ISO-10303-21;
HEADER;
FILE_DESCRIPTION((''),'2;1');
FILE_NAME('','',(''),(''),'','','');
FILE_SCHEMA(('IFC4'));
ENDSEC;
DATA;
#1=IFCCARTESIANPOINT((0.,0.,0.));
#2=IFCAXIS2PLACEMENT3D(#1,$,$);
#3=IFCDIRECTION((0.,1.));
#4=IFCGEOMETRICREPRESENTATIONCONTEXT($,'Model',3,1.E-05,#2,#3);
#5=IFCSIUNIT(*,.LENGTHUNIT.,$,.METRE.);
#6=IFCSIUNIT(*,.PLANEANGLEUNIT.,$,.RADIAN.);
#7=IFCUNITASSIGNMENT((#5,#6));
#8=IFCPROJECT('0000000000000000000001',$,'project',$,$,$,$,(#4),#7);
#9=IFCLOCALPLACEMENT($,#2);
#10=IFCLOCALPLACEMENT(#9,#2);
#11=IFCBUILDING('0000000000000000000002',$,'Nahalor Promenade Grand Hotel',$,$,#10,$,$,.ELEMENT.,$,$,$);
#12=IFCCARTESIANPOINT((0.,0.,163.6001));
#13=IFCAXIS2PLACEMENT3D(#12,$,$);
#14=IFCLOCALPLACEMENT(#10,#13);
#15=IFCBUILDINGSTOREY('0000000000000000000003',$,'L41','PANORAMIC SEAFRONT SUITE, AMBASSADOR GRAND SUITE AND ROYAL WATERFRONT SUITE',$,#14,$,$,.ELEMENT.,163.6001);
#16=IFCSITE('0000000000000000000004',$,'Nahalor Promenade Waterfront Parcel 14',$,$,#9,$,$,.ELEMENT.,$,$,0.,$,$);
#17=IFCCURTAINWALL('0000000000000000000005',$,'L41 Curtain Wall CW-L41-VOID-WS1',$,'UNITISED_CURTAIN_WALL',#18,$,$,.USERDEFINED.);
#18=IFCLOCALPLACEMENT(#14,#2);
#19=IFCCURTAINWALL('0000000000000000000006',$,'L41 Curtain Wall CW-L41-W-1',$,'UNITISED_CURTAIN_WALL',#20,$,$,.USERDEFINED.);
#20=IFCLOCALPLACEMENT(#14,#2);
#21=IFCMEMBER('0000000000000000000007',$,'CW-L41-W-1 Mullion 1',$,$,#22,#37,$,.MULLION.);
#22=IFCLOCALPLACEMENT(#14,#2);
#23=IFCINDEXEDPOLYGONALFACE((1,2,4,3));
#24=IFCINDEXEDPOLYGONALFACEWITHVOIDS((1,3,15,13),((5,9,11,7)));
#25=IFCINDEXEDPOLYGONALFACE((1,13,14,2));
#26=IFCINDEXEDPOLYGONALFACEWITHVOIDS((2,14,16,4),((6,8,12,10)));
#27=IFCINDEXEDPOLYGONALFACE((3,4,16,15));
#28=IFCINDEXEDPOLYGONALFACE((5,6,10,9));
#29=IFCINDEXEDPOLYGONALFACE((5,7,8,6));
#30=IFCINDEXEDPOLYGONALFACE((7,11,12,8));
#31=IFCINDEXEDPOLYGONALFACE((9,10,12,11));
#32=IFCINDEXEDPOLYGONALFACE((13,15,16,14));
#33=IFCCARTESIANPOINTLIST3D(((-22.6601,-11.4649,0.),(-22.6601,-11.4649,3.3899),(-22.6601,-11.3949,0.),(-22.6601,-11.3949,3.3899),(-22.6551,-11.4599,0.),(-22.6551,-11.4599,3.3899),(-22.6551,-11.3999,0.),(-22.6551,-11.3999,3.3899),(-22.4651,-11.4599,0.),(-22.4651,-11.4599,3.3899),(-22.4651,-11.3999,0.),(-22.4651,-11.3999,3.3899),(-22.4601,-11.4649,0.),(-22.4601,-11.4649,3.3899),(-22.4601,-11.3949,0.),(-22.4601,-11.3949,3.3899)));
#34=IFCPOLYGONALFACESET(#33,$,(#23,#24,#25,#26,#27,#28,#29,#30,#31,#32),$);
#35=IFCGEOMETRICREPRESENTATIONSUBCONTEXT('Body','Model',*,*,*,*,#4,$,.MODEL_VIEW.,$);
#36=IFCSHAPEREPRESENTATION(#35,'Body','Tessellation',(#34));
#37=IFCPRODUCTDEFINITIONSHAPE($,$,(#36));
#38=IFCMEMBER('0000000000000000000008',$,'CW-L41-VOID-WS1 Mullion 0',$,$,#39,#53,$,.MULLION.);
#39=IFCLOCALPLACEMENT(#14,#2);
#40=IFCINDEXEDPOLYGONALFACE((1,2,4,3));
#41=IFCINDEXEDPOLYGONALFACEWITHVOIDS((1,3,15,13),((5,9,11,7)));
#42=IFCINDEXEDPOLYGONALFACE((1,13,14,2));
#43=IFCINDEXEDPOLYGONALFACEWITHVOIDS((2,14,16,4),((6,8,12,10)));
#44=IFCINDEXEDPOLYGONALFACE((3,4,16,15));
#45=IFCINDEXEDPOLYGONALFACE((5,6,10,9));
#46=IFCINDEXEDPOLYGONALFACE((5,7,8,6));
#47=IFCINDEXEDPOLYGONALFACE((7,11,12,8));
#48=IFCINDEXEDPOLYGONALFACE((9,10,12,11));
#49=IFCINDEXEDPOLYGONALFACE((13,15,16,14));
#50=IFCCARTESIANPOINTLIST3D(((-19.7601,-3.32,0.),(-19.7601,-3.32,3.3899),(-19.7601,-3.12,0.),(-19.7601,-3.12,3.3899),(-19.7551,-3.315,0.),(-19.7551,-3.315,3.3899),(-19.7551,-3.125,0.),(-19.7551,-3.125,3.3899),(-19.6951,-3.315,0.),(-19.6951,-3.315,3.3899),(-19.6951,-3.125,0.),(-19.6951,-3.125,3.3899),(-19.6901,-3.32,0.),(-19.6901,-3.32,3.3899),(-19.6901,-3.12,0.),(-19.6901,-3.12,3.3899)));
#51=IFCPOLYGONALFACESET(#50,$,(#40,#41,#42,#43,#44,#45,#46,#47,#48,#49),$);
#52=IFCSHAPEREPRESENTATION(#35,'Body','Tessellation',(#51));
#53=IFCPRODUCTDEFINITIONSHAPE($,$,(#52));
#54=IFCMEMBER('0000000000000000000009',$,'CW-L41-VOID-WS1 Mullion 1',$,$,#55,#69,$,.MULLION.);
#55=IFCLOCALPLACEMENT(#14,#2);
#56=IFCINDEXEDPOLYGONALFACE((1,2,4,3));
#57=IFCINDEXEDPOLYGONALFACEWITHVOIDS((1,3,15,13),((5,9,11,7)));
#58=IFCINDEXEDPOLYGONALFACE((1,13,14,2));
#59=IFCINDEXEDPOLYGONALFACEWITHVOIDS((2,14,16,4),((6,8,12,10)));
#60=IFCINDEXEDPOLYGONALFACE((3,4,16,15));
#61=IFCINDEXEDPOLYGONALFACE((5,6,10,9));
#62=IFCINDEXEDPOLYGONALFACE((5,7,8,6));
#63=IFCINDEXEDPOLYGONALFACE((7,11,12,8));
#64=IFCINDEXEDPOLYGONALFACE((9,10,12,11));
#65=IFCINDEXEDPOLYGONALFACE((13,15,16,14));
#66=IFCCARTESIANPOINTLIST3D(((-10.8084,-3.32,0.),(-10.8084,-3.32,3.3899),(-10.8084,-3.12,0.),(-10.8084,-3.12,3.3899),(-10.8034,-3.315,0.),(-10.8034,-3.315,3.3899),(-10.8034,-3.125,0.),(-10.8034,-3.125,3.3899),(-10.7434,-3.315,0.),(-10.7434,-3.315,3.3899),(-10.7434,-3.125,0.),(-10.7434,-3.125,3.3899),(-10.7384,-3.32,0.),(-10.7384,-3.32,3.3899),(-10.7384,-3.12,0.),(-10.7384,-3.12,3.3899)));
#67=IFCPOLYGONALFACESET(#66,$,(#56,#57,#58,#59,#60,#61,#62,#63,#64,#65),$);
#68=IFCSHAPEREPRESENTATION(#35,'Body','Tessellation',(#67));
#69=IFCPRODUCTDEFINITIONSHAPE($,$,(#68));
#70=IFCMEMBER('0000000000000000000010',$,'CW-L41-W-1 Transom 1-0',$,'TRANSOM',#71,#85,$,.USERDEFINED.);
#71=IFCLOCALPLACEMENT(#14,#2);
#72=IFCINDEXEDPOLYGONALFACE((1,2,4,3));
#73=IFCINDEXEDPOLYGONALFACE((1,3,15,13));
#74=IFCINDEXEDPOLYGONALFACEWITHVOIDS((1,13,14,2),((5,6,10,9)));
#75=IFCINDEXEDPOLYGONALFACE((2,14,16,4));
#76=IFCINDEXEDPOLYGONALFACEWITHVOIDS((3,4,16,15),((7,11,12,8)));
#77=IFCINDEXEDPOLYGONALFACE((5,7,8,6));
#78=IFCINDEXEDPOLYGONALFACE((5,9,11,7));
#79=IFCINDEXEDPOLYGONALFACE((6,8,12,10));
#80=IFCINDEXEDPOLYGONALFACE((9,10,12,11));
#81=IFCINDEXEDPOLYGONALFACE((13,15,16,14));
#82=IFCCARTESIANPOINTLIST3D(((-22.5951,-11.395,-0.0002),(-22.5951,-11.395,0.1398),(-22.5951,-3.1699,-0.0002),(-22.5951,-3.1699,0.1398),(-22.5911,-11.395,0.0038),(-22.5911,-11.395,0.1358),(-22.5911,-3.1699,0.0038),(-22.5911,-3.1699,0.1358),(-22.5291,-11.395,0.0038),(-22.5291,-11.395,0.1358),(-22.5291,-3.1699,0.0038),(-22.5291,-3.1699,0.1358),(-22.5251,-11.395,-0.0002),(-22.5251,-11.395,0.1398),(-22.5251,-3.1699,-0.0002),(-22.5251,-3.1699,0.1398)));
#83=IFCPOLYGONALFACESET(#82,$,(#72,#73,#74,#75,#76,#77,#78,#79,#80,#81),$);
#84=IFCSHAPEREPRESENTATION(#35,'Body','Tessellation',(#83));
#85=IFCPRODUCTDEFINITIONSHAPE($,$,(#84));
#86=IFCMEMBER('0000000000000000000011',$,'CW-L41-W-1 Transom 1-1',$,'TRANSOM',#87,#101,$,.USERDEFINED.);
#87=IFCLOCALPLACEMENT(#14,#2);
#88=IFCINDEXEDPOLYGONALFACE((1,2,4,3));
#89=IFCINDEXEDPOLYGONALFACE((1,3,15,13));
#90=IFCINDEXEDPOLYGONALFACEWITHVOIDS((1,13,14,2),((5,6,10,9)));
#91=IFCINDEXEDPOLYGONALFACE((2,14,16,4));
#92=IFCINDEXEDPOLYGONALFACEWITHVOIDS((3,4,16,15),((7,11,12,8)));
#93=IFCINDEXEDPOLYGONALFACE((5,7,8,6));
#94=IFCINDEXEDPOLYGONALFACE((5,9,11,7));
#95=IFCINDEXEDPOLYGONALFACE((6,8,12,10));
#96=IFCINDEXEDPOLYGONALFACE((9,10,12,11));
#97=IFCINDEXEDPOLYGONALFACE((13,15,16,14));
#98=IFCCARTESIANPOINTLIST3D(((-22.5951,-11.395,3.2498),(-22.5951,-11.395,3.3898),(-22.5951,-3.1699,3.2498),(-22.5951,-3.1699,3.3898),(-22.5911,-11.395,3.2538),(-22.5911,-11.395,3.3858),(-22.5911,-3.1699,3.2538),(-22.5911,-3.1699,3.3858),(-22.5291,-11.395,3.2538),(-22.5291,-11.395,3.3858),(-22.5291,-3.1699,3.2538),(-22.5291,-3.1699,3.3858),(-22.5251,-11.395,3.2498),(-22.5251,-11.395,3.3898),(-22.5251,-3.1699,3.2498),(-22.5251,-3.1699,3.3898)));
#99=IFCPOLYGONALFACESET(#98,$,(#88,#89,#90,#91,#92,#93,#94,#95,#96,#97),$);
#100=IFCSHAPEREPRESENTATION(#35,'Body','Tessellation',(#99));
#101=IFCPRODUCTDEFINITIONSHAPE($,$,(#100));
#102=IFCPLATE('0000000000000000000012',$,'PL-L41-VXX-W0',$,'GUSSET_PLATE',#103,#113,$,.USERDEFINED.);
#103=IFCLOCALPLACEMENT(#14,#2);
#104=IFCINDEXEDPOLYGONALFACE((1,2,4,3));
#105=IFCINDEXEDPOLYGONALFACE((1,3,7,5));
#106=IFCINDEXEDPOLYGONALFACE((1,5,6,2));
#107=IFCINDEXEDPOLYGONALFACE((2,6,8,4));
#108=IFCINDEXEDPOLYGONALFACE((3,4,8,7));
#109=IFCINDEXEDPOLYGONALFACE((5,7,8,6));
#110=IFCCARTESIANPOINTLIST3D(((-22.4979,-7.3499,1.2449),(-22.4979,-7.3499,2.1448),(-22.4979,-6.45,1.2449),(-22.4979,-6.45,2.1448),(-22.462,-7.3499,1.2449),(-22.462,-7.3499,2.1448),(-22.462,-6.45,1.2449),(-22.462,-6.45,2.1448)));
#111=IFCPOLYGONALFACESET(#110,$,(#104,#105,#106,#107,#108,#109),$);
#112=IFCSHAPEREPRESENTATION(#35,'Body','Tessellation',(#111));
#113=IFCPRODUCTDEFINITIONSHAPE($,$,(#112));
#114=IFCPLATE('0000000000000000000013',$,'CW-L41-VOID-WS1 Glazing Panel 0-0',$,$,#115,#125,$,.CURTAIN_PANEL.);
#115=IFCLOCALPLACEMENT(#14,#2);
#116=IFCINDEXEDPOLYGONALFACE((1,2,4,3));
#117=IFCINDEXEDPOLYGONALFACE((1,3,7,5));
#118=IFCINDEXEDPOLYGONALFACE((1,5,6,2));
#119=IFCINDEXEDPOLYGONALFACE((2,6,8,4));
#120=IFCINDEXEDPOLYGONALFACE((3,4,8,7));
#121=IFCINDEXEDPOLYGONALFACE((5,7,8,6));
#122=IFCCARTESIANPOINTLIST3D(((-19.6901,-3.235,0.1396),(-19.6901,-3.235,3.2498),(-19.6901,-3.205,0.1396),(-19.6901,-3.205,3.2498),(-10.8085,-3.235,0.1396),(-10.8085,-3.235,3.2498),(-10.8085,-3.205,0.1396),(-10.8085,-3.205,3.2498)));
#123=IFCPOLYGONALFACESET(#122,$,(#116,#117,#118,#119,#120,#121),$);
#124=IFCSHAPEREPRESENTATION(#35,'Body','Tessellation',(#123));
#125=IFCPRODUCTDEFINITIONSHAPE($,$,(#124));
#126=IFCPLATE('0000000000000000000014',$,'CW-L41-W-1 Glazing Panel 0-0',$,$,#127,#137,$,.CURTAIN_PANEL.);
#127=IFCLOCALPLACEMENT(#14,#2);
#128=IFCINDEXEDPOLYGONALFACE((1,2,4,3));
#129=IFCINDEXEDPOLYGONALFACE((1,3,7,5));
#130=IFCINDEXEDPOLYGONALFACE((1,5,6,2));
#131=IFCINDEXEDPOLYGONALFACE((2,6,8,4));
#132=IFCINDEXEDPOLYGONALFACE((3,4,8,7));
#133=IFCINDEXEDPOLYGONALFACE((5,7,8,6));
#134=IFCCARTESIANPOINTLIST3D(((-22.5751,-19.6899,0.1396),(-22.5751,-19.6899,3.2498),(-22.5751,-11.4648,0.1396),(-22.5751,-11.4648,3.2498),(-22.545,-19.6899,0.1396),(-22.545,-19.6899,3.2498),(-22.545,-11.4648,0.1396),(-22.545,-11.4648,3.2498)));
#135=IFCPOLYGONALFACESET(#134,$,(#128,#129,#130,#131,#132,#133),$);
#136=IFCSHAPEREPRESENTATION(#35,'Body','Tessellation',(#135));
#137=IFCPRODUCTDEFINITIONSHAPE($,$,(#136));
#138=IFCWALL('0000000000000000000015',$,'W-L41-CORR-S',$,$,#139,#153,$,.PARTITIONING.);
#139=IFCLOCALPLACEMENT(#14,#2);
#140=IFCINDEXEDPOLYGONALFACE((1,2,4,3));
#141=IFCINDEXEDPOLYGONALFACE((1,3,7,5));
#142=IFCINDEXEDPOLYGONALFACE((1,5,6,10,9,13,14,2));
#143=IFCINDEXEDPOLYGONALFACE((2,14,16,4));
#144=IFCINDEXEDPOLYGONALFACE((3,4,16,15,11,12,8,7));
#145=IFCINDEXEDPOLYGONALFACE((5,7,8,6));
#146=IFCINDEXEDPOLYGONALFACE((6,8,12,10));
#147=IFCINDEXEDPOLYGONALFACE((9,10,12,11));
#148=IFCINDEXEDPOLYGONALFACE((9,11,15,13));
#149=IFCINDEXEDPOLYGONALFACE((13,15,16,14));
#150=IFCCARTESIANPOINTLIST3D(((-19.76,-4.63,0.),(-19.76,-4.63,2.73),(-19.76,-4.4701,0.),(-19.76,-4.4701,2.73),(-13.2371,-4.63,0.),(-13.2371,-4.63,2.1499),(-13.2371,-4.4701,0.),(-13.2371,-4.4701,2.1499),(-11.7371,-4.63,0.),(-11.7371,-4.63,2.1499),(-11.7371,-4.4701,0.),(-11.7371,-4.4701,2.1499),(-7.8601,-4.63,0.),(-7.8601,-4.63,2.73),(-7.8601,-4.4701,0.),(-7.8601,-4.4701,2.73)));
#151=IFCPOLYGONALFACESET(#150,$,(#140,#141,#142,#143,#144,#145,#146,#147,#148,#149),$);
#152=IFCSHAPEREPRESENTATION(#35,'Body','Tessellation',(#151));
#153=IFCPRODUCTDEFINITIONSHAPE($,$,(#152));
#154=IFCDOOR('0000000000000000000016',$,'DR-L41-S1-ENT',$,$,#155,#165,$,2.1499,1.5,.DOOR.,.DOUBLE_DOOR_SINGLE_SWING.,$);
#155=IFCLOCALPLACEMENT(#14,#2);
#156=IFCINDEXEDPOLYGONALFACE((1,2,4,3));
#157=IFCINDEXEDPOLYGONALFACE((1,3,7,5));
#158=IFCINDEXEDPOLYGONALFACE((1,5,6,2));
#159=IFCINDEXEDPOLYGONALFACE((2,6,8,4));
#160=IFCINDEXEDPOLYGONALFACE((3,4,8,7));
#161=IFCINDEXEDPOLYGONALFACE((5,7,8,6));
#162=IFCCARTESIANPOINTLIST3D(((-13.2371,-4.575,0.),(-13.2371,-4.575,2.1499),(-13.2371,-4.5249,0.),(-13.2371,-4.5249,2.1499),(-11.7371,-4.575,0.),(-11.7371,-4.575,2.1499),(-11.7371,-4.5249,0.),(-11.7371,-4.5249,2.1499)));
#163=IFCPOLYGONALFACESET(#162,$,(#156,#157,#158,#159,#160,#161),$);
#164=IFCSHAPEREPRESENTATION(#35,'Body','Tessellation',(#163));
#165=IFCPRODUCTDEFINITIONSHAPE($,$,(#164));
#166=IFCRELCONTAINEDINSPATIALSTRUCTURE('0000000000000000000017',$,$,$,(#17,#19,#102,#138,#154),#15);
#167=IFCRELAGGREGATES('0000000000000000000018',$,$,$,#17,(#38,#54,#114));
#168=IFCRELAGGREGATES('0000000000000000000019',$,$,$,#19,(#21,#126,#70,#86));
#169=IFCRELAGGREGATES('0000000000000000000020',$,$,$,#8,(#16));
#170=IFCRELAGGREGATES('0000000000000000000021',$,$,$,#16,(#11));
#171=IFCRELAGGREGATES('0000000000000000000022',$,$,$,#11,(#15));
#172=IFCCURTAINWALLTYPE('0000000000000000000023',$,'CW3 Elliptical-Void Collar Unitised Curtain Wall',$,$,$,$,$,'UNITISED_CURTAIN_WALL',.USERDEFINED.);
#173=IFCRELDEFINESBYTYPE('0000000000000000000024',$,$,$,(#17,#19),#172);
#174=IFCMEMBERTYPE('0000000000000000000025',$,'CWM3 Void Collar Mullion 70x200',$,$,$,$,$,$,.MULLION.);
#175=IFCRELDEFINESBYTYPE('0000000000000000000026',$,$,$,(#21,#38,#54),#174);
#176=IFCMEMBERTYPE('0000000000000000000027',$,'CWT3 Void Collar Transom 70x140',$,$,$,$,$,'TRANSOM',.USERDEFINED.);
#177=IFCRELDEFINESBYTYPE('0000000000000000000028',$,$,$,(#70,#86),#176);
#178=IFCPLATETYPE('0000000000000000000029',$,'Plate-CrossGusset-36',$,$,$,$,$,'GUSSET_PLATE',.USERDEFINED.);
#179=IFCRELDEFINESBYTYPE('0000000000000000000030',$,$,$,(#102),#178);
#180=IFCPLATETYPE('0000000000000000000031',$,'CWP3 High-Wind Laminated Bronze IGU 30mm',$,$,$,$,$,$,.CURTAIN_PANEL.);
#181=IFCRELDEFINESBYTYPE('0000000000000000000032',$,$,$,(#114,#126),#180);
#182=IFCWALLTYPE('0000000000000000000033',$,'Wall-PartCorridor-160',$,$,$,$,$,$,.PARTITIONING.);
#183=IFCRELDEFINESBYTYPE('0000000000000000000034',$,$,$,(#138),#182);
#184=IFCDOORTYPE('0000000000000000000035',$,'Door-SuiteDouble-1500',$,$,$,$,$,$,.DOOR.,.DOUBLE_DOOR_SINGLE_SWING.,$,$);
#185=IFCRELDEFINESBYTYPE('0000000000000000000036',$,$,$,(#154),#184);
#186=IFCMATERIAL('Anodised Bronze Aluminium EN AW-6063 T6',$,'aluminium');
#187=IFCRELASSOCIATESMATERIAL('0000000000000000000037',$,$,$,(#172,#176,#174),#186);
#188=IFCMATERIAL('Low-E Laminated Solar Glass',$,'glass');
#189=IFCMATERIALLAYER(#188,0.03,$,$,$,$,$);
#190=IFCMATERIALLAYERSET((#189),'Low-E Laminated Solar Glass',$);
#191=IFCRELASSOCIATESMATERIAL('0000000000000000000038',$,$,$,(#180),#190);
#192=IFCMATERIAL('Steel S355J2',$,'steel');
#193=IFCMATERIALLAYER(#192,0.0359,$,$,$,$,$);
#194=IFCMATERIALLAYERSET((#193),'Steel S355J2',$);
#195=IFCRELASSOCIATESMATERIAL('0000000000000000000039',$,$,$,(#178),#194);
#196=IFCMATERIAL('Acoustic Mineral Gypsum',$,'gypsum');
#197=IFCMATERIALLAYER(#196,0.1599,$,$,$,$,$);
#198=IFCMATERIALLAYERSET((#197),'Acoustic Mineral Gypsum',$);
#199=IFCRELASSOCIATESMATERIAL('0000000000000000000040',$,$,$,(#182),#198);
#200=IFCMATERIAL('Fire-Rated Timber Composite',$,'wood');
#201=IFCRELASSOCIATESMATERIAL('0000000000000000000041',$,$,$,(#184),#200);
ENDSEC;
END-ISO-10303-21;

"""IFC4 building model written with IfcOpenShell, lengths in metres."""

from ifc_helpers import new_model, si_unit, direction, frame, frame_2d, origin, origin_2d, place, context, subcontext, project, spatial, rectangle, hollow_rectangle, extrude, source, transform, mapped, material, layer, layer_set, material_profile, profile_set, type_object, element, fill, aggregate, save


model = new_model("IFC4")

# Units and contexts
model_context = context("Model", 3, precision=1e-05, world=origin(), true_north=direction((0.0, 1.0)))
body_context = subcontext(model_context, "Body", "Model", "MODEL_VIEW")
ifc_project = project(units=[si_unit("LENGTHUNIT", "METRE"), si_unit("PLANEANGLEUNIT", "RADIAN")], contexts=[model_context])

# Site, building, storey
site_placement = place(None, origin())
site = spatial("IfcSite", under=ifc_project, at=site_placement, Name="Nahalor Promenade Waterfront Parcel 14", CompositionType="ELEMENT", RefElevation=0.0)
building_placement = place(site_placement, origin())
building = spatial("IfcBuilding", under=site, at=building_placement, Name="Nahalor Promenade Grand Hotel", CompositionType="ELEMENT")
storey_placement = place(building_placement, frame((0.0, 0.0, 163.6001)))
storey = spatial("IfcBuildingStorey", under=building, at=storey_placement, Name="L41", Description="PANORAMIC SEAFRONT SUITE, AMBASSADOR GRAND SUITE AND ROYAL WATERFRONT SUITE", CompositionType="ELEMENT", Elevation=163.6001)

# Shared definitions
ifc_material_1 = material(Name="Steel S355J2", Category="steel")

# Curtain wall
ifc_material_2 = material(Name="Anodised Bronze Aluminium EN AW-6063 T6", Category="aluminium")
curtain_wall_type = type_object("IfcCurtainWallType", Name="CW3 Elliptical-Void Collar Unitised Curtain Wall", ElementType="UNITISED_CURTAIN_WALL", PredefinedType="USERDEFINED", material=ifc_material_2)
curtain_wall_1_placement = place(storey_placement, origin())
curtain_wall_1 = element("IfcCurtainWall", 1, at=curtain_wall_1_placement, inside=storey, type_object=curtain_wall_type, Name="L41 Curtain Wall CW-L41-VOID-WS1", ObjectType="UNITISED_CURTAIN_WALL", PredefinedType="USERDEFINED")
ifc_material_profile_1 = material_profile(ifc_material_2, hollow_rectangle(XDim=0.07, YDim=0.14, WallThickness=0.004, at=origin_2d()), Name="CWT 70x140x4")
ifc_profile_set_1 = profile_set([ifc_material_profile_1], Name="Anodised Bronze Aluminium EN AW-6063 T6")
member_type_1 = type_object("IfcMemberType", Name="CWT3 Void Collar Transom 70x140", ElementType="TRANSOM", PredefinedType="USERDEFINED", material=ifc_profile_set_1)

# Curtain wall, member
curtain_wall_2_placement = place(storey_placement, origin())
curtain_wall_2 = element("IfcCurtainWall", 2, at=curtain_wall_2_placement, inside=storey, type_object=curtain_wall_type, Name="L41 Curtain Wall CW-L41-W-1", ObjectType="UNITISED_CURTAIN_WALL", PredefinedType="USERDEFINED")
ifc_material_profile_2 = material_profile(ifc_material_2, hollow_rectangle(XDim=0.07, YDim=0.2, WallThickness=0.005, at=origin_2d()), Name="CWM 70x200x5")
ifc_profile_set_2 = profile_set([ifc_material_profile_2], Name="Anodised Bronze Aluminium EN AW-6063 T6")
member_type_2 = type_object("IfcMemberType", Name="CWM3 Void Collar Mullion 70x200", PredefinedType="MULLION", material=ifc_profile_set_2)
shared_shape_1 = source(origin(), body_context, "Body", "SweptSolid", [
    extrude(hollow_rectangle(XDim=0.07, YDim=0.2, WallThickness=0.005, at=origin_2d()), origin(), (0.0, 0.0, 1.0), 3.3899),
])
member_1_placement = place(storey_placement, frame((-22.5601, -11.4299, 0.0), z_axis=(0.0, 0.0, 1.0), x_axis=(0.0, 1.0, 0.0)))
member_1 = element("IfcMember", 3, at=member_1_placement, type_object=member_type_2, Name="CW-L41-W-1 Mullion 1", PredefinedType="MULLION", context=body_context, shape_type="MappedRepresentation", body=[
    mapped(shared_shape_1, transform((0.0, 0.0, 0.0), scale=1.0)),
])

# Members
member_2_placement = place(storey_placement, frame((-19.7251, -3.22, 0.0), z_axis=(0.0, 0.0, 1.0), x_axis=(1.0, 0.0, 0.0)))
member_2 = element("IfcMember", 4, at=member_2_placement, type_object=member_type_2, Name="CW-L41-VOID-WS1 Mullion 0", PredefinedType="MULLION", context=body_context, shape_type="MappedRepresentation", body=[
    mapped(shared_shape_1, transform((0.0, 0.0, 0.0), scale=1.0)),
])
member_3_placement = place(storey_placement, frame((-10.7734, -3.22, 0.0), z_axis=(0.0, 0.0, 1.0), x_axis=(1.0, 0.0, 0.0)))
member_3 = element("IfcMember", 5, at=member_3_placement, type_object=member_type_2, Name="CW-L41-VOID-WS1 Mullion 1", PredefinedType="MULLION", context=body_context, shape_type="MappedRepresentation", body=[
    mapped(shared_shape_1, transform((0.0, 0.0, 0.0), scale=1.0)),
])
shared_shape_2 = source(origin(), body_context, "Body", "SweptSolid", [
    extrude(hollow_rectangle(XDim=0.07, YDim=0.14, WallThickness=0.004, at=origin_2d()), origin(), (0.0, 0.0, 1.0), 8.2251),
])
member_4_placement = place(storey_placement, frame((-22.5601, -11.395, 0.0698), z_axis=(0.0, 1.0, 0.0), x_axis=(-1.0, 0.0, 0.0)))
member_4 = element("IfcMember", 6, at=member_4_placement, type_object=member_type_1, Name="CW-L41-W-1 Transom 1-0", ObjectType="TRANSOM", PredefinedType="USERDEFINED", context=body_context, shape_type="MappedRepresentation", body=[
    mapped(shared_shape_2, transform((0.0, 0.0, 0.0), scale=1.0)),
])
member_5_placement = place(storey_placement, frame((-22.5601, -11.395, 3.3198), z_axis=(0.0, 1.0, 0.0), x_axis=(-1.0, 0.0, 0.0)))
member_5 = element("IfcMember", 7, at=member_5_placement, type_object=member_type_1, Name="CW-L41-W-1 Transom 1-1", ObjectType="TRANSOM", PredefinedType="USERDEFINED", context=body_context, shape_type="MappedRepresentation", body=[
    mapped(shared_shape_2, transform((0.0, 0.0, 0.0), scale=1.0)),
])

# Plates
ifc_material_3 = material(Name="Low-E Laminated Solar Glass", Category="glass")
ifc_layer_1 = layer(ifc_material_3, 0.03)
ifc_layer_set_1 = layer_set([ifc_layer_1], Name="Low-E Laminated Solar Glass")
plate_type_1 = type_object("IfcPlateType", Name="CWP3 High-Wind Laminated Bronze IGU 30mm", PredefinedType="CURTAIN_PANEL", material=ifc_layer_set_1)
ifc_layer_2 = layer(ifc_material_1, 0.0359)
ifc_layer_set_2 = layer_set([ifc_layer_2], Name="Steel S355J2")
plate_type_2 = type_object("IfcPlateType", Name="Plate-CrossGusset-36", ElementType="GUSSET_PLATE", PredefinedType="USERDEFINED", material=ifc_layer_set_2)
shared_shape_3 = source(origin(), body_context, "Body", "SweptSolid", [
    extrude(rectangle(XDim=0.8999, YDim=0.0359, at=origin_2d()), origin(), (0.0, 0.0, 1.0), 0.8999),
])
plate_1_placement = place(storey_placement, frame((-22.48, -6.8999, 1.2449), z_axis=(0.0, 0.0, 1.0), x_axis=(0.0, 1.0, 0.0)))
element("IfcPlate", 8, at=plate_1_placement, inside=storey, type_object=plate_type_2, Name="PL-L41-VXX-W0", ObjectType="GUSSET_PLATE", PredefinedType="USERDEFINED", context=body_context, shape_type="MappedRepresentation", body=[
    mapped(shared_shape_3, transform((0.0, 0.0, 0.0), scale=1.0)),
])
shared_shape_4 = source(origin(), body_context, "Body", "SweptSolid", [
    extrude(rectangle(XDim=8.8816, YDim=0.03, at=origin_2d()), origin(), (0.0, 0.0, 1.0), 3.1101),
])
plate_2_placement = place(storey_placement, frame((-15.2493, -3.22, 0.1396), z_axis=(0.0, 0.0, 1.0), x_axis=(1.0, 0.0, 0.0)))
plate_2 = element("IfcPlate", 9, at=plate_2_placement, type_object=plate_type_1, Name="CW-L41-VOID-WS1 Glazing Panel 0-0", PredefinedType="CURTAIN_PANEL", context=body_context, shape_type="MappedRepresentation", body=[
    mapped(shared_shape_4, transform((0.0, 0.0, 0.0), scale=1.0)),
])
aggregate(curtain_wall_1, [member_2, member_3, plate_2])
shared_shape_5 = source(origin(), body_context, "Body", "SweptSolid", [
    extrude(rectangle(XDim=8.2251, YDim=0.03, at=origin_2d()), origin(), (0.0, 0.0, 1.0), 3.1101),
])
plate_3_placement = place(storey_placement, frame((-22.5601, -15.5774, 0.1396), z_axis=(0.0, 0.0, 1.0), x_axis=(0.0, 1.0, 0.0)))
plate_3 = element("IfcPlate", 10, at=plate_3_placement, type_object=plate_type_1, Name="CW-L41-W-1 Glazing Panel 0-0", PredefinedType="CURTAIN_PANEL", context=body_context, shape_type="MappedRepresentation", body=[
    mapped(shared_shape_5, transform((0.0, 0.0, 0.0), scale=1.0)),
])
aggregate(curtain_wall_2, [member_1, plate_3, member_4, member_5])

# Wall, opening, door
ifc_material_4 = material(Name="Acoustic Mineral Gypsum", Category="gypsum")
ifc_layer_3 = layer(ifc_material_4, 0.1599)
ifc_layer_set_3 = layer_set([ifc_layer_3], Name="Acoustic Mineral Gypsum")
wall_type = type_object("IfcWallType", Name="Wall-PartCorridor-160", PredefinedType="PARTITIONING", material=ifc_layer_set_3)
shared_shape_6 = source(origin(), body_context, "Body", "SweptSolid", [
    extrude(rectangle(XDim=11.8999, YDim=0.1599, at=frame_2d((5.95, 0.0))), origin(), (0.0, 0.0, 1.0), 2.73),
])
wall_placement = place(storey_placement, frame((-19.76, -4.55, 0.0), z_axis=(0.0, 0.0, 1.0), x_axis=(1.0, 0.0, 0.0)))
wall = element("IfcWall", 11, at=wall_placement, inside=storey, type_object=wall_type, Name="W-L41-CORR-S", PredefinedType="PARTITIONING", context=body_context, shape_type="MappedRepresentation", body=[
    mapped(shared_shape_6, transform((0.0, 0.0, 0.0), scale=1.0)),
])
opening_placement = place(wall_placement, frame((6.5229, 0.0, 0.0)))
opening = element("IfcOpeningElement", 12, at=opening_placement, cuts=wall, PredefinedType="OPENING", context=body_context, shape_type="SweptSolid", body=[
    extrude(rectangle(XDim=1.5, YDim=2.1499, at=frame_2d((0.75, 1.075))), frame((0.0, 0.0898, 0.0), z_axis=(0.0, -1.0, 0.0), x_axis=(1.0, 0.0, 0.0)), (0.0, 0.0, 1.0), 0.1799),
])
ifc_material_5 = material(Name="Fire-Rated Timber Composite", Category="wood")
door_type = type_object("IfcDoorType", Name="Door-SuiteDouble-1500", OperationType="DOUBLE_DOOR_SINGLE_SWING", PredefinedType="DOOR", material=ifc_material_5)
shared_shape_7 = source(origin(), body_context, "Body", "SweptSolid", [
    extrude(rectangle(XDim=1.5, YDim=2.1499, at=frame_2d((0.75, 1.075))), frame((0.0, 0.0249, 0.0), z_axis=(0.0, -1.0, 0.0), x_axis=(1.0, 0.0, 0.0)), (0.0, 0.0, 1.0), 0.05),
])
door_placement = place(opening_placement, frame((1.5, 0.0, 0.0), z_axis=(0.0, 0.0, 1.0), x_axis=(-1.0, 0.0, 0.0)))
door = element("IfcDoor", 13, at=door_placement, inside=storey, type_object=door_type, Name="DR-L41-S1-ENT", OperationType="DOUBLE_DOOR_SINGLE_SWING", OverallHeight=2.1499, OverallWidth=1.5, PredefinedType="DOOR", context=body_context, shape_type="MappedRepresentation", body=[
    mapped(shared_shape_7, transform((0.0, 0.0, 0.0), scale=1.0)),
])
fill(opening, door)

save(model, "model.ifc")
